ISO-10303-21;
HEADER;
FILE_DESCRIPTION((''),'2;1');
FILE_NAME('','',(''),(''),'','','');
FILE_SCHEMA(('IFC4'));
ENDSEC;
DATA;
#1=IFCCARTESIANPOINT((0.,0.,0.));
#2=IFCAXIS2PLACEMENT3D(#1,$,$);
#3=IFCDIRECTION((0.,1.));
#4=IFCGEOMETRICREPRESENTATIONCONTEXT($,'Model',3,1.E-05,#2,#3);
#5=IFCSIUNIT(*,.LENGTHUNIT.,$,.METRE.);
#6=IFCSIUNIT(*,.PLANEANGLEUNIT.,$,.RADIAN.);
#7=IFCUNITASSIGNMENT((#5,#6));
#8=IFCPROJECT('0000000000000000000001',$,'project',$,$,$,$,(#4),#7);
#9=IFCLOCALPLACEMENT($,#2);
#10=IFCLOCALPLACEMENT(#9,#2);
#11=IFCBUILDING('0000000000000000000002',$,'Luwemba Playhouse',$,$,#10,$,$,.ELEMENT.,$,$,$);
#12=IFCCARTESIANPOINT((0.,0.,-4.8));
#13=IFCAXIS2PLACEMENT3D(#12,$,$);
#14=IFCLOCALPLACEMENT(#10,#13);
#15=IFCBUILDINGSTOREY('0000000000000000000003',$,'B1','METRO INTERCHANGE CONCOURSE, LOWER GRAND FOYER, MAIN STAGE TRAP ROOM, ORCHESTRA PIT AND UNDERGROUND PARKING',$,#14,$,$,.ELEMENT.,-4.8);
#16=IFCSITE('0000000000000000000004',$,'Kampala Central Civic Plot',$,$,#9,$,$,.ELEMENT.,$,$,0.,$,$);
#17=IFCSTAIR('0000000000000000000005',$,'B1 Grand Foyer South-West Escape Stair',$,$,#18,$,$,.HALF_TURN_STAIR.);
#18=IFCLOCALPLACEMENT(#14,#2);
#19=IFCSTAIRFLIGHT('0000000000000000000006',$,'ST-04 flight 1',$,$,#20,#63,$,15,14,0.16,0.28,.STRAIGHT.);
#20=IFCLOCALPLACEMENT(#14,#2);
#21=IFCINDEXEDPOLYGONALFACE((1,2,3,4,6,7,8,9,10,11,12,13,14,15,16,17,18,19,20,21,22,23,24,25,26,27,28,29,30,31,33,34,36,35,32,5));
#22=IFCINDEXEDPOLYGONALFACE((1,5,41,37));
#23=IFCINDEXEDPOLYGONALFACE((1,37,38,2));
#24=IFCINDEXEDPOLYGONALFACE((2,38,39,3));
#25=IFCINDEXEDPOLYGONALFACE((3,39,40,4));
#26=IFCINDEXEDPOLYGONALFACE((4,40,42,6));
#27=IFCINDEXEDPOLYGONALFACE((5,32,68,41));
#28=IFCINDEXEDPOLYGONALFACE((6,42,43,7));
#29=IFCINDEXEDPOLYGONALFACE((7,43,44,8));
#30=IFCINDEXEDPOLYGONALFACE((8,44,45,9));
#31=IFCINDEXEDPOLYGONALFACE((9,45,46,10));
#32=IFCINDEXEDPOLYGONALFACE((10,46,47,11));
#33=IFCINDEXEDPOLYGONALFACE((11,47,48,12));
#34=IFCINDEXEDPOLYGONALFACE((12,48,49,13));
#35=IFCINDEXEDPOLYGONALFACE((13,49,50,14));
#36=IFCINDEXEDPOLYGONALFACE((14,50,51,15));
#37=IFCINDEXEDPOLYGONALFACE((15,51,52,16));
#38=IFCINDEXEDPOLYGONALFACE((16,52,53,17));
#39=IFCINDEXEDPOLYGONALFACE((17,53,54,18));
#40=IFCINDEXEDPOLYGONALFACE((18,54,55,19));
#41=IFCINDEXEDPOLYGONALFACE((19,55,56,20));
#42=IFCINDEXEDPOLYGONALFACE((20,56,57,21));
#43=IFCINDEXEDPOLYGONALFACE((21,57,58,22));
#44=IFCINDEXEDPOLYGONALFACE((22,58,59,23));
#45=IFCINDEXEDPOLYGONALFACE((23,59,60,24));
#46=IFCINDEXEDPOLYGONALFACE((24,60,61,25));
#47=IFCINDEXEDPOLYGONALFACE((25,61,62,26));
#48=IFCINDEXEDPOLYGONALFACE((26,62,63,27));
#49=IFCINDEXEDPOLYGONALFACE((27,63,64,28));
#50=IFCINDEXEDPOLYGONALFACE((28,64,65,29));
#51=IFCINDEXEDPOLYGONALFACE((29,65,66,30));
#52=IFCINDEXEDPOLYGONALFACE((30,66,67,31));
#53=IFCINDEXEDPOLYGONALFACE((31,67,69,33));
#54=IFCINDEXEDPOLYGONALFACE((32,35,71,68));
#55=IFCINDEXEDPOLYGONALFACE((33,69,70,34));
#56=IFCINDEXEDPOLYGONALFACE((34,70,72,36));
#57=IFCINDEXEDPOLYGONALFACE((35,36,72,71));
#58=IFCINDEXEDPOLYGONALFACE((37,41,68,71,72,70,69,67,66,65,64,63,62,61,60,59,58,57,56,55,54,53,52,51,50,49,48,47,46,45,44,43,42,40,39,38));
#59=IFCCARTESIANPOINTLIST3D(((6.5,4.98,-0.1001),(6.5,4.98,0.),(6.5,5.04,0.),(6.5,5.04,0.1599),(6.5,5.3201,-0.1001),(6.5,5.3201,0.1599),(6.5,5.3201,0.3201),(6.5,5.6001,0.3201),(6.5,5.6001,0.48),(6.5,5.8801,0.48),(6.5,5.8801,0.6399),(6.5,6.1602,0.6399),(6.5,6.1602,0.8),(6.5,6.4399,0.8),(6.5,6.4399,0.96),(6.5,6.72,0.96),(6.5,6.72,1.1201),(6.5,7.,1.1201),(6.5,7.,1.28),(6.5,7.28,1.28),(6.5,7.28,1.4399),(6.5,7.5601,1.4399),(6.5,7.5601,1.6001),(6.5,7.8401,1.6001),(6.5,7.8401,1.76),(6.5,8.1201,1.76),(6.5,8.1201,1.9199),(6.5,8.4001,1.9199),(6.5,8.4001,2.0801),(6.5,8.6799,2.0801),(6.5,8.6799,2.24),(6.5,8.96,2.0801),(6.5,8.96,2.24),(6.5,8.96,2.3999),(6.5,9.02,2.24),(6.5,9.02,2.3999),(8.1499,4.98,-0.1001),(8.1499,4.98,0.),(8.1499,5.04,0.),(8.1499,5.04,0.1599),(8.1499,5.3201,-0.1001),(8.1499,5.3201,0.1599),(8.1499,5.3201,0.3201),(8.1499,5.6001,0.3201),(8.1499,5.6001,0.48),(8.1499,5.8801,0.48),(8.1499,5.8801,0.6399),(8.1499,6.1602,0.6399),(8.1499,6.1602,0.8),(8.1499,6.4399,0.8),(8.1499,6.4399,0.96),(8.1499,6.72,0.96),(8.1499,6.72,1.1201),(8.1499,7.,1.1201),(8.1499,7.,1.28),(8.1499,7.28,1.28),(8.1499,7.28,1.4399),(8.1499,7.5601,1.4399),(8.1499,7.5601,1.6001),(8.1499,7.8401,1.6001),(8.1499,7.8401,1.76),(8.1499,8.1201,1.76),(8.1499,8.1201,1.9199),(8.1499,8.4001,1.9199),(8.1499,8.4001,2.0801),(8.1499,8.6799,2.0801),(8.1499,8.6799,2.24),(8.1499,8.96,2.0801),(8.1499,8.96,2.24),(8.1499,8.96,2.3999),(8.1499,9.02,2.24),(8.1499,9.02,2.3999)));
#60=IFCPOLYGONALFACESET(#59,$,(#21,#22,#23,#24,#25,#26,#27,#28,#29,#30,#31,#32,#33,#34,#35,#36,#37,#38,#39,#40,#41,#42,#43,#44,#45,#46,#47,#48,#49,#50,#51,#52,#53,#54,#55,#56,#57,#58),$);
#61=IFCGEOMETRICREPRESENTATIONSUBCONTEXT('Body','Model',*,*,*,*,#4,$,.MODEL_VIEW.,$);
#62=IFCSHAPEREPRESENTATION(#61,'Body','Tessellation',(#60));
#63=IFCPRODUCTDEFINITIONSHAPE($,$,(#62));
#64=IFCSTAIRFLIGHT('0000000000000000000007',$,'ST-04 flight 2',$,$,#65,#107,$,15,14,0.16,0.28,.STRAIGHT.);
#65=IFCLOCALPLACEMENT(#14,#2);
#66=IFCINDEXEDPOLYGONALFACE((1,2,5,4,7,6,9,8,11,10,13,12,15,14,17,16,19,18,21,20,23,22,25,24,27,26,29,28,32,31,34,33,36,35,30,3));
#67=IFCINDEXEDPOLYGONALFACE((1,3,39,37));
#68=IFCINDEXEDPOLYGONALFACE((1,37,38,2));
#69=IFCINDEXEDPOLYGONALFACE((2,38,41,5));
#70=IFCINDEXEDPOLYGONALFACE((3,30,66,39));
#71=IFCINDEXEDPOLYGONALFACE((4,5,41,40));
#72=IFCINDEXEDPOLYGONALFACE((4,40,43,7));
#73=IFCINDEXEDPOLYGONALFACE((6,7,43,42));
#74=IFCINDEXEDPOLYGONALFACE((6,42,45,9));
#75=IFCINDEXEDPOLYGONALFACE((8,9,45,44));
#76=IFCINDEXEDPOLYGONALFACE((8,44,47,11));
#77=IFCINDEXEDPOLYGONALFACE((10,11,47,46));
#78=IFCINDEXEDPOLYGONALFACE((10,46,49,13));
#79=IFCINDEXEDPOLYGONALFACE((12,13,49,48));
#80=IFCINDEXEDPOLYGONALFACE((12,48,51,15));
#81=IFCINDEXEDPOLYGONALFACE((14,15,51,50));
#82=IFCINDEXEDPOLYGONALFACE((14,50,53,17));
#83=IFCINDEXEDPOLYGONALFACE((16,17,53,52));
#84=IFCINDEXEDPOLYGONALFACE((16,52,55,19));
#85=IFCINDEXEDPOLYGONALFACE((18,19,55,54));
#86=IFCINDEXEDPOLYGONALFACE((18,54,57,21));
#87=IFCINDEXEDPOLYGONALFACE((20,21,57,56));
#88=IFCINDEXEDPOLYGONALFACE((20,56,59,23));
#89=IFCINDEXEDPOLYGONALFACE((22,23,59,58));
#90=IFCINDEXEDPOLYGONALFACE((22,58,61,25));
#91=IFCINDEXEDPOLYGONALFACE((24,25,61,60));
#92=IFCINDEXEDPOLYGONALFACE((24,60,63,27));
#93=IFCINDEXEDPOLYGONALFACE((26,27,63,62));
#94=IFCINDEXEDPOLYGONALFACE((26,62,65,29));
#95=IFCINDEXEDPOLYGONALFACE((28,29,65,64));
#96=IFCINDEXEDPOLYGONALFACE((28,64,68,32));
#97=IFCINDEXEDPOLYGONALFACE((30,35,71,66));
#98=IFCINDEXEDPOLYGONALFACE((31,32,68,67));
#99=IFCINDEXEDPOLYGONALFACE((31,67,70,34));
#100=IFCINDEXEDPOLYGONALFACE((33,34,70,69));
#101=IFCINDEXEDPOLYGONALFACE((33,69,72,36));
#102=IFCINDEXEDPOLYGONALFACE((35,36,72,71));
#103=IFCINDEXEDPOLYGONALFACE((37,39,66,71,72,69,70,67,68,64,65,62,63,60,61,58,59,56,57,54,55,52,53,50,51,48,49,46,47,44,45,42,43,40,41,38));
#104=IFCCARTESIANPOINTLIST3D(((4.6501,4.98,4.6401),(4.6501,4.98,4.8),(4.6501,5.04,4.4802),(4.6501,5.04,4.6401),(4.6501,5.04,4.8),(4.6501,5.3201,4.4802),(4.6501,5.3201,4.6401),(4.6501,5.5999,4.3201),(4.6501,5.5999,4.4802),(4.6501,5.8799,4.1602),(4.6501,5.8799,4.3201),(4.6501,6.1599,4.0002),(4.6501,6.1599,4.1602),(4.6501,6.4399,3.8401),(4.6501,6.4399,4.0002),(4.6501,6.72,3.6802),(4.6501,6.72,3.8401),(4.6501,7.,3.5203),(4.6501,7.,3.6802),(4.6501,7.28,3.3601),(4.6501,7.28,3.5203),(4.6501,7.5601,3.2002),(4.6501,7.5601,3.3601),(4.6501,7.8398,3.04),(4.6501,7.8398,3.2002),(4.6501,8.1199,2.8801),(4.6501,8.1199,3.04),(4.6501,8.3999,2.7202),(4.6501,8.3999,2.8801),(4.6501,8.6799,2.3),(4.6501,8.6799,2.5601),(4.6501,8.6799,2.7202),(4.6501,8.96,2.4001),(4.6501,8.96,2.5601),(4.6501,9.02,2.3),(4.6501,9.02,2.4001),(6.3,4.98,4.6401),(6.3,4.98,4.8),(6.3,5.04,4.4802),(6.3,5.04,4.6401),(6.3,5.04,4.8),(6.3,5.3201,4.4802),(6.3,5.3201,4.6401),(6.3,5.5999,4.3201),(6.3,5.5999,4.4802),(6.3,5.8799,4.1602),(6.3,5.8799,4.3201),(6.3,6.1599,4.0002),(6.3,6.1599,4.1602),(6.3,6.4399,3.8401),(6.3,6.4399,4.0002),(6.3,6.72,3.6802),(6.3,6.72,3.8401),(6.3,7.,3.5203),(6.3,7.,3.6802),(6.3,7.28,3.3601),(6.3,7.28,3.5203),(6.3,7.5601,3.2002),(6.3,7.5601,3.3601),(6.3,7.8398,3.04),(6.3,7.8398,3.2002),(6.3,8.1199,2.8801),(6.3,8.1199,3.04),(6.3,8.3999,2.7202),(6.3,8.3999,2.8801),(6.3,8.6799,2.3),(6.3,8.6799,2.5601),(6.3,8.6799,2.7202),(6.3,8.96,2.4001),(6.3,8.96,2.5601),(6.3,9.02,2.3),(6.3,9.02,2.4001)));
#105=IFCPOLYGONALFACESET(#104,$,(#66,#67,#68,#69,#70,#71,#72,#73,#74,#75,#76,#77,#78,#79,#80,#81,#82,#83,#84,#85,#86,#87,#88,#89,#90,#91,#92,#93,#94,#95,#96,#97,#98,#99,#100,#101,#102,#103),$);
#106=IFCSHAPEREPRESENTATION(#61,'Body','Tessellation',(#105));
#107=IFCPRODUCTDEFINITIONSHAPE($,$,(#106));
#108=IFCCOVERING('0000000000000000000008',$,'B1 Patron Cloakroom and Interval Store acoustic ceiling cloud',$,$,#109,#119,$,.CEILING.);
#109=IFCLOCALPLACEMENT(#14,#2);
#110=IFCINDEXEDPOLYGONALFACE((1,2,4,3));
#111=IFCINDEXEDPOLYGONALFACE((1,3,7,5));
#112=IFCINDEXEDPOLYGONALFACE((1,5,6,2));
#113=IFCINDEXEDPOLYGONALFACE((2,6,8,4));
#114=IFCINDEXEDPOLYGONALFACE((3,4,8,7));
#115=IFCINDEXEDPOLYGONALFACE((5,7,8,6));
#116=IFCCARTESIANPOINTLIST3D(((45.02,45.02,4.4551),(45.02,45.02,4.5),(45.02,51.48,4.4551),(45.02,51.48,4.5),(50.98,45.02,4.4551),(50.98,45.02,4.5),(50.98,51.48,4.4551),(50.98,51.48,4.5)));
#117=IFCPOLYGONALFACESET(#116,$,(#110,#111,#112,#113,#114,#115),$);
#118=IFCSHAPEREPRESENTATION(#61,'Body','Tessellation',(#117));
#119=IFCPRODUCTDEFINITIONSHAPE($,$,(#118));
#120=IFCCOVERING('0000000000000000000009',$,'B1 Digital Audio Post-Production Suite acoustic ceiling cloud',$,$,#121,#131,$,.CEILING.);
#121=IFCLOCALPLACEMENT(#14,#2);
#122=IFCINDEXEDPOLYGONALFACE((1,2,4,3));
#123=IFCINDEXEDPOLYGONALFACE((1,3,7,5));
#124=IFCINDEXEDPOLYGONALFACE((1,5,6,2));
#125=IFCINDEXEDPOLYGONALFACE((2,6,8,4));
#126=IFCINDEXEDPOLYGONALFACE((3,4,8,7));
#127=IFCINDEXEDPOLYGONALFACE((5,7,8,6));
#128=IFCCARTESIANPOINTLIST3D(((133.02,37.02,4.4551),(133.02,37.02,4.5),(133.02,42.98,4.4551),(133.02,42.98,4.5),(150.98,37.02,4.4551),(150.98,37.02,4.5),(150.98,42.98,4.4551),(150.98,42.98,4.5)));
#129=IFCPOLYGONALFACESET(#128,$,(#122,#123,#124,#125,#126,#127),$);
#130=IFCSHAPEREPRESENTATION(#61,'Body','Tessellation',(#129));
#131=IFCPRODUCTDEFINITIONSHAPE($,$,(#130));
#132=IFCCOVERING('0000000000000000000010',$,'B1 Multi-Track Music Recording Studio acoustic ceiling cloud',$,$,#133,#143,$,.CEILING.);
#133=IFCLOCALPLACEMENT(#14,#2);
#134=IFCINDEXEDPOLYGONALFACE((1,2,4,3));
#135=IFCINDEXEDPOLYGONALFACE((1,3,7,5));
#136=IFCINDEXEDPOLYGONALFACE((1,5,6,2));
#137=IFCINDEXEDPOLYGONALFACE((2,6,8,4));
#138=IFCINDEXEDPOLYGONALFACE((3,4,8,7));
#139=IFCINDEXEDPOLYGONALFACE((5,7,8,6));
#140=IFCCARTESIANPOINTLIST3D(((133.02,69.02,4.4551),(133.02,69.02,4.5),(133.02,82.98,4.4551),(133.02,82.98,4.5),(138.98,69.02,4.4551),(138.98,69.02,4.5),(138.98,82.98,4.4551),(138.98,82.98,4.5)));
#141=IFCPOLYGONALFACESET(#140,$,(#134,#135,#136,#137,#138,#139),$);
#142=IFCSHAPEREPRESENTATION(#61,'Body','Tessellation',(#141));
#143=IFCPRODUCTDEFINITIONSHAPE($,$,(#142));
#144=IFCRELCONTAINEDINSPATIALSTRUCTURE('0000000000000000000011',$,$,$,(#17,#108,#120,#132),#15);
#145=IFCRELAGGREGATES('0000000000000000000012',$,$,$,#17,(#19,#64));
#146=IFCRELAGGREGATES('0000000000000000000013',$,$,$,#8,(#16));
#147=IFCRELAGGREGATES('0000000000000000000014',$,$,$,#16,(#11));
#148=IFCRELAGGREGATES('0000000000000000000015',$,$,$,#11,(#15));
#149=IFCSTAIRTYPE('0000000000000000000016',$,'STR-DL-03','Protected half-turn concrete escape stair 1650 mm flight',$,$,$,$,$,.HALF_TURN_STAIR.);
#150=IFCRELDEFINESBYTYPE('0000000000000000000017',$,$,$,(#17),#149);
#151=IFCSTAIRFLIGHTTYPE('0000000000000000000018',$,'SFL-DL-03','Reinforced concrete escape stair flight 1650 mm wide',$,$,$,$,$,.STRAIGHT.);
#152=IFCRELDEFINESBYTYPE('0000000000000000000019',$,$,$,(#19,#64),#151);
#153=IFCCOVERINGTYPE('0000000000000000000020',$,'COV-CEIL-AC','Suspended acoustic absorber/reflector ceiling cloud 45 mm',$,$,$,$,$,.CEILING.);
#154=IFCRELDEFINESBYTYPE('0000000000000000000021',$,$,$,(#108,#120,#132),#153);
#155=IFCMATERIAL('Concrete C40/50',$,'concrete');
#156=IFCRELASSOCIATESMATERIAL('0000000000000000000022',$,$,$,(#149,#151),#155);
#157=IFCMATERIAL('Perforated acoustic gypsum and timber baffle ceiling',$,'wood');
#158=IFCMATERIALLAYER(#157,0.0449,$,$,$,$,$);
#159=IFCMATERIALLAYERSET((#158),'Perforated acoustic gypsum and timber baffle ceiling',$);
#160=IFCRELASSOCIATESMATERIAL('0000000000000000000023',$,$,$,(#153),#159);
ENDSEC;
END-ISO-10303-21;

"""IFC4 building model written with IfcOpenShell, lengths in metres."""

from ifc_helpers import new_model, si_unit, direction, frame, origin, place, context, subcontext, project, spatial, polyline, outline, extrude, material, layer, layer_set, type_object, element, aggregate, save


model = new_model("IFC4")

# Units and contexts
model_context = context("Model", 3, precision=1e-05, world=origin(), true_north=direction((0.0, 1.0)))
body_context = subcontext(model_context, "Body", "Model", "MODEL_VIEW")
ifc_project = project(units=[si_unit("LENGTHUNIT", "METRE"), si_unit("PLANEANGLEUNIT", "RADIAN")], contexts=[model_context])

# Site, building, storey
site_placement = place(None, origin())
site = spatial("IfcSite", under=ifc_project, at=site_placement, Name="Kampala Central Civic Plot", CompositionType="ELEMENT", RefElevation=0.0)
building_placement = place(site_placement, origin())
building = spatial("IfcBuilding", under=site, at=building_placement, Name="Luwemba Playhouse", CompositionType="ELEMENT")
storey_placement = place(building_placement, frame((0.0, 0.0, -4.8)))
storey = spatial("IfcBuildingStorey", under=building, at=storey_placement, Name="B1", Description="METRO INTERCHANGE CONCOURSE, LOWER GRAND FOYER, MAIN STAGE TRAP ROOM, ORCHESTRA PIT AND UNDERGROUND PARKING", CompositionType="ELEMENT", Elevation=-4.8)

# Shared definitions
ifc_material_1 = material(Name="Concrete C40/50", Category="concrete")

# Stair, stair flights
stair_type = type_object("IfcStairType", Name="STR-DL-03", Description="Protected half-turn concrete escape stair 1650 mm flight", PredefinedType="HALF_TURN_STAIR", material=ifc_material_1)
stair_placement = place(storey_placement, origin())
stair = element("IfcStair", 1, at=stair_placement, inside=storey, type_object=stair_type, Name="B1 Grand Foyer South-West Escape Stair", PredefinedType="HALF_TURN_STAIR")
stair_flight_type = type_object("IfcStairFlightType", Name="SFL-DL-03", Description="Reinforced concrete escape stair flight 1650 mm wide", PredefinedType="STRAIGHT", material=ifc_material_1)
stair_flight_1_placement = place(storey_placement, frame((7.325, 5.04, 0.0), z_axis=(0.0, 0.0, 1.0), x_axis=(0.0, 1.0, 0.0)))
stair_flight_1 = element("IfcStairFlight", 2, at=stair_flight_1_placement, type_object=stair_flight_type, Name="ST-04 flight 1", NumberOfRisers=15, NumberOfTreads=14, PredefinedType="STRAIGHT", RiserHeight=0.16, TreadLength=0.28, context=body_context, shape_type="SweptSolid", body=[
    extrude(outline(polyline([(-0.0601, -0.1001), (-0.0601, 0.0), (0.0, 0.0), (0.0, 0.1599), (0.28, 0.1599), (0.28, 0.3201), (0.5601, 0.3201), (0.5601, 0.48), (0.8401, 0.48), (0.8401, 0.6399), (1.1201, 0.6399), (1.1201, 0.8), (1.3999, 0.8), (1.3999, 0.96), (1.6799, 0.96), (1.6799, 1.1201), (1.96, 1.1201), (1.96, 1.28), (2.24, 1.28), (2.24, 1.4399), (2.52, 1.4399), (2.52, 1.6001), (2.8, 1.6001), (2.8, 1.76), (3.0801, 1.76), (3.0801, 1.9199), (3.3601, 1.9199), (3.3601, 2.0801), (3.6399, 2.0801), (3.6399, 2.24), (3.9199, 2.24), (3.9199, 2.3999), (3.98, 2.3999), (3.98, 2.24), (3.9199, 2.0801), (0.28, -0.1001), (-0.0601, -0.1001)])), frame((0.0, 0.825, 0.0), z_axis=(0.0, -1.0, 0.0), x_axis=(1.0, 0.0, 0.0)), (0.0, 0.0, 1.0), 1.6499),
])
stair_flight_2_placement = place(storey_placement, frame((5.4751, 8.96, 2.4001), z_axis=(0.0, 0.0, 1.0), x_axis=(0.0, -1.0, 0.0)))
stair_flight_2 = element("IfcStairFlight", 3, at=stair_flight_2_placement, type_object=stair_flight_type, Name="ST-04 flight 2", NumberOfRisers=15, NumberOfTreads=14, PredefinedType="STRAIGHT", RiserHeight=0.16, TreadLength=0.28, context=body_context, shape_type="SweptSolid", body=[
    extrude(outline(polyline([(-0.0601, -0.1001), (-0.0601, 0.0), (0.0, 0.0), (0.0, 0.1599), (0.28, 0.1599), (0.28, 0.3201), (0.5601, 0.3201), (0.5601, 0.48), (0.8401, 0.48), (0.8401, 0.6399), (1.1201, 0.6399), (1.1201, 0.8), (1.3999, 0.8), (1.3999, 0.96), (1.6799, 0.96), (1.6799, 1.1201), (1.96, 1.1201), (1.96, 1.28), (2.24, 1.28), (2.24, 1.4399), (2.52, 1.4399), (2.52, 1.6001), (2.8, 1.6001), (2.8, 1.76), (3.0801, 1.76), (3.0801, 1.9199), (3.3601, 1.9199), (3.3601, 2.0801), (3.6399, 2.0801), (3.6399, 2.24), (3.9199, 2.24), (3.9199, 2.3999), (3.98, 2.3999), (3.98, 2.24), (3.9199, 2.0801), (0.28, -0.1001), (-0.0601, -0.1001)])), frame((0.0, 0.825, 0.0), z_axis=(0.0, -1.0, 0.0), x_axis=(1.0, 0.0, 0.0)), (0.0, 0.0, 1.0), 1.6499),
])
aggregate(stair, [stair_flight_1, stair_flight_2])

# Coverings
ifc_material_2 = material(Name="Perforated acoustic gypsum and timber baffle ceiling", Category="wood")
ifc_layer_1 = layer(ifc_material_2, 0.0449)
ifc_layer_set_1 = layer_set([ifc_layer_1], Name="Perforated acoustic gypsum and timber baffle ceiling")
covering_type = type_object("IfcCoveringType", Name="COV-CEIL-AC", Description="Suspended acoustic absorber/reflector ceiling cloud 45 mm", PredefinedType="CEILING", material=ifc_layer_set_1)
covering_1_placement = place(storey_placement, frame((0.0, 0.0, 4.4551)))
element("IfcCovering", 4, at=covering_1_placement, inside=storey, type_object=covering_type, Name="B1 Patron Cloakroom and Interval Store acoustic ceiling cloud", PredefinedType="CEILING", context=body_context, shape_type="SweptSolid", body=[
    extrude(outline(polyline([(45.02, 45.02), (50.98, 45.02), (50.98, 51.48), (45.02, 51.48), (45.02, 45.02)])), origin(), (0.0, 0.0, 1.0), 0.0449),
])
covering_2_placement = place(storey_placement, frame((0.0, 0.0, 4.4551)))
element("IfcCovering", 5, at=covering_2_placement, inside=storey, type_object=covering_type, Name="B1 Digital Audio Post-Production Suite acoustic ceiling cloud", PredefinedType="CEILING", context=body_context, shape_type="SweptSolid", body=[
    extrude(outline(polyline([(133.02, 37.02), (150.98, 37.02), (150.98, 42.98), (133.02, 42.98), (133.02, 37.02)])), origin(), (0.0, 0.0, 1.0), 0.0449),
])
covering_3_placement = place(storey_placement, frame((0.0, 0.0, 4.4551)))
element("IfcCovering", 6, at=covering_3_placement, inside=storey, type_object=covering_type, Name="B1 Multi-Track Music Recording Studio acoustic ceiling cloud", PredefinedType="CEILING", context=body_context, shape_type="SweptSolid", body=[
    extrude(outline(polyline([(133.02, 69.02), (138.98, 69.02), (138.98, 82.98), (133.02, 82.98), (133.02, 69.02)])), origin(), (0.0, 0.0, 1.0), 0.0449),
])

save(model, "model.ifc")
